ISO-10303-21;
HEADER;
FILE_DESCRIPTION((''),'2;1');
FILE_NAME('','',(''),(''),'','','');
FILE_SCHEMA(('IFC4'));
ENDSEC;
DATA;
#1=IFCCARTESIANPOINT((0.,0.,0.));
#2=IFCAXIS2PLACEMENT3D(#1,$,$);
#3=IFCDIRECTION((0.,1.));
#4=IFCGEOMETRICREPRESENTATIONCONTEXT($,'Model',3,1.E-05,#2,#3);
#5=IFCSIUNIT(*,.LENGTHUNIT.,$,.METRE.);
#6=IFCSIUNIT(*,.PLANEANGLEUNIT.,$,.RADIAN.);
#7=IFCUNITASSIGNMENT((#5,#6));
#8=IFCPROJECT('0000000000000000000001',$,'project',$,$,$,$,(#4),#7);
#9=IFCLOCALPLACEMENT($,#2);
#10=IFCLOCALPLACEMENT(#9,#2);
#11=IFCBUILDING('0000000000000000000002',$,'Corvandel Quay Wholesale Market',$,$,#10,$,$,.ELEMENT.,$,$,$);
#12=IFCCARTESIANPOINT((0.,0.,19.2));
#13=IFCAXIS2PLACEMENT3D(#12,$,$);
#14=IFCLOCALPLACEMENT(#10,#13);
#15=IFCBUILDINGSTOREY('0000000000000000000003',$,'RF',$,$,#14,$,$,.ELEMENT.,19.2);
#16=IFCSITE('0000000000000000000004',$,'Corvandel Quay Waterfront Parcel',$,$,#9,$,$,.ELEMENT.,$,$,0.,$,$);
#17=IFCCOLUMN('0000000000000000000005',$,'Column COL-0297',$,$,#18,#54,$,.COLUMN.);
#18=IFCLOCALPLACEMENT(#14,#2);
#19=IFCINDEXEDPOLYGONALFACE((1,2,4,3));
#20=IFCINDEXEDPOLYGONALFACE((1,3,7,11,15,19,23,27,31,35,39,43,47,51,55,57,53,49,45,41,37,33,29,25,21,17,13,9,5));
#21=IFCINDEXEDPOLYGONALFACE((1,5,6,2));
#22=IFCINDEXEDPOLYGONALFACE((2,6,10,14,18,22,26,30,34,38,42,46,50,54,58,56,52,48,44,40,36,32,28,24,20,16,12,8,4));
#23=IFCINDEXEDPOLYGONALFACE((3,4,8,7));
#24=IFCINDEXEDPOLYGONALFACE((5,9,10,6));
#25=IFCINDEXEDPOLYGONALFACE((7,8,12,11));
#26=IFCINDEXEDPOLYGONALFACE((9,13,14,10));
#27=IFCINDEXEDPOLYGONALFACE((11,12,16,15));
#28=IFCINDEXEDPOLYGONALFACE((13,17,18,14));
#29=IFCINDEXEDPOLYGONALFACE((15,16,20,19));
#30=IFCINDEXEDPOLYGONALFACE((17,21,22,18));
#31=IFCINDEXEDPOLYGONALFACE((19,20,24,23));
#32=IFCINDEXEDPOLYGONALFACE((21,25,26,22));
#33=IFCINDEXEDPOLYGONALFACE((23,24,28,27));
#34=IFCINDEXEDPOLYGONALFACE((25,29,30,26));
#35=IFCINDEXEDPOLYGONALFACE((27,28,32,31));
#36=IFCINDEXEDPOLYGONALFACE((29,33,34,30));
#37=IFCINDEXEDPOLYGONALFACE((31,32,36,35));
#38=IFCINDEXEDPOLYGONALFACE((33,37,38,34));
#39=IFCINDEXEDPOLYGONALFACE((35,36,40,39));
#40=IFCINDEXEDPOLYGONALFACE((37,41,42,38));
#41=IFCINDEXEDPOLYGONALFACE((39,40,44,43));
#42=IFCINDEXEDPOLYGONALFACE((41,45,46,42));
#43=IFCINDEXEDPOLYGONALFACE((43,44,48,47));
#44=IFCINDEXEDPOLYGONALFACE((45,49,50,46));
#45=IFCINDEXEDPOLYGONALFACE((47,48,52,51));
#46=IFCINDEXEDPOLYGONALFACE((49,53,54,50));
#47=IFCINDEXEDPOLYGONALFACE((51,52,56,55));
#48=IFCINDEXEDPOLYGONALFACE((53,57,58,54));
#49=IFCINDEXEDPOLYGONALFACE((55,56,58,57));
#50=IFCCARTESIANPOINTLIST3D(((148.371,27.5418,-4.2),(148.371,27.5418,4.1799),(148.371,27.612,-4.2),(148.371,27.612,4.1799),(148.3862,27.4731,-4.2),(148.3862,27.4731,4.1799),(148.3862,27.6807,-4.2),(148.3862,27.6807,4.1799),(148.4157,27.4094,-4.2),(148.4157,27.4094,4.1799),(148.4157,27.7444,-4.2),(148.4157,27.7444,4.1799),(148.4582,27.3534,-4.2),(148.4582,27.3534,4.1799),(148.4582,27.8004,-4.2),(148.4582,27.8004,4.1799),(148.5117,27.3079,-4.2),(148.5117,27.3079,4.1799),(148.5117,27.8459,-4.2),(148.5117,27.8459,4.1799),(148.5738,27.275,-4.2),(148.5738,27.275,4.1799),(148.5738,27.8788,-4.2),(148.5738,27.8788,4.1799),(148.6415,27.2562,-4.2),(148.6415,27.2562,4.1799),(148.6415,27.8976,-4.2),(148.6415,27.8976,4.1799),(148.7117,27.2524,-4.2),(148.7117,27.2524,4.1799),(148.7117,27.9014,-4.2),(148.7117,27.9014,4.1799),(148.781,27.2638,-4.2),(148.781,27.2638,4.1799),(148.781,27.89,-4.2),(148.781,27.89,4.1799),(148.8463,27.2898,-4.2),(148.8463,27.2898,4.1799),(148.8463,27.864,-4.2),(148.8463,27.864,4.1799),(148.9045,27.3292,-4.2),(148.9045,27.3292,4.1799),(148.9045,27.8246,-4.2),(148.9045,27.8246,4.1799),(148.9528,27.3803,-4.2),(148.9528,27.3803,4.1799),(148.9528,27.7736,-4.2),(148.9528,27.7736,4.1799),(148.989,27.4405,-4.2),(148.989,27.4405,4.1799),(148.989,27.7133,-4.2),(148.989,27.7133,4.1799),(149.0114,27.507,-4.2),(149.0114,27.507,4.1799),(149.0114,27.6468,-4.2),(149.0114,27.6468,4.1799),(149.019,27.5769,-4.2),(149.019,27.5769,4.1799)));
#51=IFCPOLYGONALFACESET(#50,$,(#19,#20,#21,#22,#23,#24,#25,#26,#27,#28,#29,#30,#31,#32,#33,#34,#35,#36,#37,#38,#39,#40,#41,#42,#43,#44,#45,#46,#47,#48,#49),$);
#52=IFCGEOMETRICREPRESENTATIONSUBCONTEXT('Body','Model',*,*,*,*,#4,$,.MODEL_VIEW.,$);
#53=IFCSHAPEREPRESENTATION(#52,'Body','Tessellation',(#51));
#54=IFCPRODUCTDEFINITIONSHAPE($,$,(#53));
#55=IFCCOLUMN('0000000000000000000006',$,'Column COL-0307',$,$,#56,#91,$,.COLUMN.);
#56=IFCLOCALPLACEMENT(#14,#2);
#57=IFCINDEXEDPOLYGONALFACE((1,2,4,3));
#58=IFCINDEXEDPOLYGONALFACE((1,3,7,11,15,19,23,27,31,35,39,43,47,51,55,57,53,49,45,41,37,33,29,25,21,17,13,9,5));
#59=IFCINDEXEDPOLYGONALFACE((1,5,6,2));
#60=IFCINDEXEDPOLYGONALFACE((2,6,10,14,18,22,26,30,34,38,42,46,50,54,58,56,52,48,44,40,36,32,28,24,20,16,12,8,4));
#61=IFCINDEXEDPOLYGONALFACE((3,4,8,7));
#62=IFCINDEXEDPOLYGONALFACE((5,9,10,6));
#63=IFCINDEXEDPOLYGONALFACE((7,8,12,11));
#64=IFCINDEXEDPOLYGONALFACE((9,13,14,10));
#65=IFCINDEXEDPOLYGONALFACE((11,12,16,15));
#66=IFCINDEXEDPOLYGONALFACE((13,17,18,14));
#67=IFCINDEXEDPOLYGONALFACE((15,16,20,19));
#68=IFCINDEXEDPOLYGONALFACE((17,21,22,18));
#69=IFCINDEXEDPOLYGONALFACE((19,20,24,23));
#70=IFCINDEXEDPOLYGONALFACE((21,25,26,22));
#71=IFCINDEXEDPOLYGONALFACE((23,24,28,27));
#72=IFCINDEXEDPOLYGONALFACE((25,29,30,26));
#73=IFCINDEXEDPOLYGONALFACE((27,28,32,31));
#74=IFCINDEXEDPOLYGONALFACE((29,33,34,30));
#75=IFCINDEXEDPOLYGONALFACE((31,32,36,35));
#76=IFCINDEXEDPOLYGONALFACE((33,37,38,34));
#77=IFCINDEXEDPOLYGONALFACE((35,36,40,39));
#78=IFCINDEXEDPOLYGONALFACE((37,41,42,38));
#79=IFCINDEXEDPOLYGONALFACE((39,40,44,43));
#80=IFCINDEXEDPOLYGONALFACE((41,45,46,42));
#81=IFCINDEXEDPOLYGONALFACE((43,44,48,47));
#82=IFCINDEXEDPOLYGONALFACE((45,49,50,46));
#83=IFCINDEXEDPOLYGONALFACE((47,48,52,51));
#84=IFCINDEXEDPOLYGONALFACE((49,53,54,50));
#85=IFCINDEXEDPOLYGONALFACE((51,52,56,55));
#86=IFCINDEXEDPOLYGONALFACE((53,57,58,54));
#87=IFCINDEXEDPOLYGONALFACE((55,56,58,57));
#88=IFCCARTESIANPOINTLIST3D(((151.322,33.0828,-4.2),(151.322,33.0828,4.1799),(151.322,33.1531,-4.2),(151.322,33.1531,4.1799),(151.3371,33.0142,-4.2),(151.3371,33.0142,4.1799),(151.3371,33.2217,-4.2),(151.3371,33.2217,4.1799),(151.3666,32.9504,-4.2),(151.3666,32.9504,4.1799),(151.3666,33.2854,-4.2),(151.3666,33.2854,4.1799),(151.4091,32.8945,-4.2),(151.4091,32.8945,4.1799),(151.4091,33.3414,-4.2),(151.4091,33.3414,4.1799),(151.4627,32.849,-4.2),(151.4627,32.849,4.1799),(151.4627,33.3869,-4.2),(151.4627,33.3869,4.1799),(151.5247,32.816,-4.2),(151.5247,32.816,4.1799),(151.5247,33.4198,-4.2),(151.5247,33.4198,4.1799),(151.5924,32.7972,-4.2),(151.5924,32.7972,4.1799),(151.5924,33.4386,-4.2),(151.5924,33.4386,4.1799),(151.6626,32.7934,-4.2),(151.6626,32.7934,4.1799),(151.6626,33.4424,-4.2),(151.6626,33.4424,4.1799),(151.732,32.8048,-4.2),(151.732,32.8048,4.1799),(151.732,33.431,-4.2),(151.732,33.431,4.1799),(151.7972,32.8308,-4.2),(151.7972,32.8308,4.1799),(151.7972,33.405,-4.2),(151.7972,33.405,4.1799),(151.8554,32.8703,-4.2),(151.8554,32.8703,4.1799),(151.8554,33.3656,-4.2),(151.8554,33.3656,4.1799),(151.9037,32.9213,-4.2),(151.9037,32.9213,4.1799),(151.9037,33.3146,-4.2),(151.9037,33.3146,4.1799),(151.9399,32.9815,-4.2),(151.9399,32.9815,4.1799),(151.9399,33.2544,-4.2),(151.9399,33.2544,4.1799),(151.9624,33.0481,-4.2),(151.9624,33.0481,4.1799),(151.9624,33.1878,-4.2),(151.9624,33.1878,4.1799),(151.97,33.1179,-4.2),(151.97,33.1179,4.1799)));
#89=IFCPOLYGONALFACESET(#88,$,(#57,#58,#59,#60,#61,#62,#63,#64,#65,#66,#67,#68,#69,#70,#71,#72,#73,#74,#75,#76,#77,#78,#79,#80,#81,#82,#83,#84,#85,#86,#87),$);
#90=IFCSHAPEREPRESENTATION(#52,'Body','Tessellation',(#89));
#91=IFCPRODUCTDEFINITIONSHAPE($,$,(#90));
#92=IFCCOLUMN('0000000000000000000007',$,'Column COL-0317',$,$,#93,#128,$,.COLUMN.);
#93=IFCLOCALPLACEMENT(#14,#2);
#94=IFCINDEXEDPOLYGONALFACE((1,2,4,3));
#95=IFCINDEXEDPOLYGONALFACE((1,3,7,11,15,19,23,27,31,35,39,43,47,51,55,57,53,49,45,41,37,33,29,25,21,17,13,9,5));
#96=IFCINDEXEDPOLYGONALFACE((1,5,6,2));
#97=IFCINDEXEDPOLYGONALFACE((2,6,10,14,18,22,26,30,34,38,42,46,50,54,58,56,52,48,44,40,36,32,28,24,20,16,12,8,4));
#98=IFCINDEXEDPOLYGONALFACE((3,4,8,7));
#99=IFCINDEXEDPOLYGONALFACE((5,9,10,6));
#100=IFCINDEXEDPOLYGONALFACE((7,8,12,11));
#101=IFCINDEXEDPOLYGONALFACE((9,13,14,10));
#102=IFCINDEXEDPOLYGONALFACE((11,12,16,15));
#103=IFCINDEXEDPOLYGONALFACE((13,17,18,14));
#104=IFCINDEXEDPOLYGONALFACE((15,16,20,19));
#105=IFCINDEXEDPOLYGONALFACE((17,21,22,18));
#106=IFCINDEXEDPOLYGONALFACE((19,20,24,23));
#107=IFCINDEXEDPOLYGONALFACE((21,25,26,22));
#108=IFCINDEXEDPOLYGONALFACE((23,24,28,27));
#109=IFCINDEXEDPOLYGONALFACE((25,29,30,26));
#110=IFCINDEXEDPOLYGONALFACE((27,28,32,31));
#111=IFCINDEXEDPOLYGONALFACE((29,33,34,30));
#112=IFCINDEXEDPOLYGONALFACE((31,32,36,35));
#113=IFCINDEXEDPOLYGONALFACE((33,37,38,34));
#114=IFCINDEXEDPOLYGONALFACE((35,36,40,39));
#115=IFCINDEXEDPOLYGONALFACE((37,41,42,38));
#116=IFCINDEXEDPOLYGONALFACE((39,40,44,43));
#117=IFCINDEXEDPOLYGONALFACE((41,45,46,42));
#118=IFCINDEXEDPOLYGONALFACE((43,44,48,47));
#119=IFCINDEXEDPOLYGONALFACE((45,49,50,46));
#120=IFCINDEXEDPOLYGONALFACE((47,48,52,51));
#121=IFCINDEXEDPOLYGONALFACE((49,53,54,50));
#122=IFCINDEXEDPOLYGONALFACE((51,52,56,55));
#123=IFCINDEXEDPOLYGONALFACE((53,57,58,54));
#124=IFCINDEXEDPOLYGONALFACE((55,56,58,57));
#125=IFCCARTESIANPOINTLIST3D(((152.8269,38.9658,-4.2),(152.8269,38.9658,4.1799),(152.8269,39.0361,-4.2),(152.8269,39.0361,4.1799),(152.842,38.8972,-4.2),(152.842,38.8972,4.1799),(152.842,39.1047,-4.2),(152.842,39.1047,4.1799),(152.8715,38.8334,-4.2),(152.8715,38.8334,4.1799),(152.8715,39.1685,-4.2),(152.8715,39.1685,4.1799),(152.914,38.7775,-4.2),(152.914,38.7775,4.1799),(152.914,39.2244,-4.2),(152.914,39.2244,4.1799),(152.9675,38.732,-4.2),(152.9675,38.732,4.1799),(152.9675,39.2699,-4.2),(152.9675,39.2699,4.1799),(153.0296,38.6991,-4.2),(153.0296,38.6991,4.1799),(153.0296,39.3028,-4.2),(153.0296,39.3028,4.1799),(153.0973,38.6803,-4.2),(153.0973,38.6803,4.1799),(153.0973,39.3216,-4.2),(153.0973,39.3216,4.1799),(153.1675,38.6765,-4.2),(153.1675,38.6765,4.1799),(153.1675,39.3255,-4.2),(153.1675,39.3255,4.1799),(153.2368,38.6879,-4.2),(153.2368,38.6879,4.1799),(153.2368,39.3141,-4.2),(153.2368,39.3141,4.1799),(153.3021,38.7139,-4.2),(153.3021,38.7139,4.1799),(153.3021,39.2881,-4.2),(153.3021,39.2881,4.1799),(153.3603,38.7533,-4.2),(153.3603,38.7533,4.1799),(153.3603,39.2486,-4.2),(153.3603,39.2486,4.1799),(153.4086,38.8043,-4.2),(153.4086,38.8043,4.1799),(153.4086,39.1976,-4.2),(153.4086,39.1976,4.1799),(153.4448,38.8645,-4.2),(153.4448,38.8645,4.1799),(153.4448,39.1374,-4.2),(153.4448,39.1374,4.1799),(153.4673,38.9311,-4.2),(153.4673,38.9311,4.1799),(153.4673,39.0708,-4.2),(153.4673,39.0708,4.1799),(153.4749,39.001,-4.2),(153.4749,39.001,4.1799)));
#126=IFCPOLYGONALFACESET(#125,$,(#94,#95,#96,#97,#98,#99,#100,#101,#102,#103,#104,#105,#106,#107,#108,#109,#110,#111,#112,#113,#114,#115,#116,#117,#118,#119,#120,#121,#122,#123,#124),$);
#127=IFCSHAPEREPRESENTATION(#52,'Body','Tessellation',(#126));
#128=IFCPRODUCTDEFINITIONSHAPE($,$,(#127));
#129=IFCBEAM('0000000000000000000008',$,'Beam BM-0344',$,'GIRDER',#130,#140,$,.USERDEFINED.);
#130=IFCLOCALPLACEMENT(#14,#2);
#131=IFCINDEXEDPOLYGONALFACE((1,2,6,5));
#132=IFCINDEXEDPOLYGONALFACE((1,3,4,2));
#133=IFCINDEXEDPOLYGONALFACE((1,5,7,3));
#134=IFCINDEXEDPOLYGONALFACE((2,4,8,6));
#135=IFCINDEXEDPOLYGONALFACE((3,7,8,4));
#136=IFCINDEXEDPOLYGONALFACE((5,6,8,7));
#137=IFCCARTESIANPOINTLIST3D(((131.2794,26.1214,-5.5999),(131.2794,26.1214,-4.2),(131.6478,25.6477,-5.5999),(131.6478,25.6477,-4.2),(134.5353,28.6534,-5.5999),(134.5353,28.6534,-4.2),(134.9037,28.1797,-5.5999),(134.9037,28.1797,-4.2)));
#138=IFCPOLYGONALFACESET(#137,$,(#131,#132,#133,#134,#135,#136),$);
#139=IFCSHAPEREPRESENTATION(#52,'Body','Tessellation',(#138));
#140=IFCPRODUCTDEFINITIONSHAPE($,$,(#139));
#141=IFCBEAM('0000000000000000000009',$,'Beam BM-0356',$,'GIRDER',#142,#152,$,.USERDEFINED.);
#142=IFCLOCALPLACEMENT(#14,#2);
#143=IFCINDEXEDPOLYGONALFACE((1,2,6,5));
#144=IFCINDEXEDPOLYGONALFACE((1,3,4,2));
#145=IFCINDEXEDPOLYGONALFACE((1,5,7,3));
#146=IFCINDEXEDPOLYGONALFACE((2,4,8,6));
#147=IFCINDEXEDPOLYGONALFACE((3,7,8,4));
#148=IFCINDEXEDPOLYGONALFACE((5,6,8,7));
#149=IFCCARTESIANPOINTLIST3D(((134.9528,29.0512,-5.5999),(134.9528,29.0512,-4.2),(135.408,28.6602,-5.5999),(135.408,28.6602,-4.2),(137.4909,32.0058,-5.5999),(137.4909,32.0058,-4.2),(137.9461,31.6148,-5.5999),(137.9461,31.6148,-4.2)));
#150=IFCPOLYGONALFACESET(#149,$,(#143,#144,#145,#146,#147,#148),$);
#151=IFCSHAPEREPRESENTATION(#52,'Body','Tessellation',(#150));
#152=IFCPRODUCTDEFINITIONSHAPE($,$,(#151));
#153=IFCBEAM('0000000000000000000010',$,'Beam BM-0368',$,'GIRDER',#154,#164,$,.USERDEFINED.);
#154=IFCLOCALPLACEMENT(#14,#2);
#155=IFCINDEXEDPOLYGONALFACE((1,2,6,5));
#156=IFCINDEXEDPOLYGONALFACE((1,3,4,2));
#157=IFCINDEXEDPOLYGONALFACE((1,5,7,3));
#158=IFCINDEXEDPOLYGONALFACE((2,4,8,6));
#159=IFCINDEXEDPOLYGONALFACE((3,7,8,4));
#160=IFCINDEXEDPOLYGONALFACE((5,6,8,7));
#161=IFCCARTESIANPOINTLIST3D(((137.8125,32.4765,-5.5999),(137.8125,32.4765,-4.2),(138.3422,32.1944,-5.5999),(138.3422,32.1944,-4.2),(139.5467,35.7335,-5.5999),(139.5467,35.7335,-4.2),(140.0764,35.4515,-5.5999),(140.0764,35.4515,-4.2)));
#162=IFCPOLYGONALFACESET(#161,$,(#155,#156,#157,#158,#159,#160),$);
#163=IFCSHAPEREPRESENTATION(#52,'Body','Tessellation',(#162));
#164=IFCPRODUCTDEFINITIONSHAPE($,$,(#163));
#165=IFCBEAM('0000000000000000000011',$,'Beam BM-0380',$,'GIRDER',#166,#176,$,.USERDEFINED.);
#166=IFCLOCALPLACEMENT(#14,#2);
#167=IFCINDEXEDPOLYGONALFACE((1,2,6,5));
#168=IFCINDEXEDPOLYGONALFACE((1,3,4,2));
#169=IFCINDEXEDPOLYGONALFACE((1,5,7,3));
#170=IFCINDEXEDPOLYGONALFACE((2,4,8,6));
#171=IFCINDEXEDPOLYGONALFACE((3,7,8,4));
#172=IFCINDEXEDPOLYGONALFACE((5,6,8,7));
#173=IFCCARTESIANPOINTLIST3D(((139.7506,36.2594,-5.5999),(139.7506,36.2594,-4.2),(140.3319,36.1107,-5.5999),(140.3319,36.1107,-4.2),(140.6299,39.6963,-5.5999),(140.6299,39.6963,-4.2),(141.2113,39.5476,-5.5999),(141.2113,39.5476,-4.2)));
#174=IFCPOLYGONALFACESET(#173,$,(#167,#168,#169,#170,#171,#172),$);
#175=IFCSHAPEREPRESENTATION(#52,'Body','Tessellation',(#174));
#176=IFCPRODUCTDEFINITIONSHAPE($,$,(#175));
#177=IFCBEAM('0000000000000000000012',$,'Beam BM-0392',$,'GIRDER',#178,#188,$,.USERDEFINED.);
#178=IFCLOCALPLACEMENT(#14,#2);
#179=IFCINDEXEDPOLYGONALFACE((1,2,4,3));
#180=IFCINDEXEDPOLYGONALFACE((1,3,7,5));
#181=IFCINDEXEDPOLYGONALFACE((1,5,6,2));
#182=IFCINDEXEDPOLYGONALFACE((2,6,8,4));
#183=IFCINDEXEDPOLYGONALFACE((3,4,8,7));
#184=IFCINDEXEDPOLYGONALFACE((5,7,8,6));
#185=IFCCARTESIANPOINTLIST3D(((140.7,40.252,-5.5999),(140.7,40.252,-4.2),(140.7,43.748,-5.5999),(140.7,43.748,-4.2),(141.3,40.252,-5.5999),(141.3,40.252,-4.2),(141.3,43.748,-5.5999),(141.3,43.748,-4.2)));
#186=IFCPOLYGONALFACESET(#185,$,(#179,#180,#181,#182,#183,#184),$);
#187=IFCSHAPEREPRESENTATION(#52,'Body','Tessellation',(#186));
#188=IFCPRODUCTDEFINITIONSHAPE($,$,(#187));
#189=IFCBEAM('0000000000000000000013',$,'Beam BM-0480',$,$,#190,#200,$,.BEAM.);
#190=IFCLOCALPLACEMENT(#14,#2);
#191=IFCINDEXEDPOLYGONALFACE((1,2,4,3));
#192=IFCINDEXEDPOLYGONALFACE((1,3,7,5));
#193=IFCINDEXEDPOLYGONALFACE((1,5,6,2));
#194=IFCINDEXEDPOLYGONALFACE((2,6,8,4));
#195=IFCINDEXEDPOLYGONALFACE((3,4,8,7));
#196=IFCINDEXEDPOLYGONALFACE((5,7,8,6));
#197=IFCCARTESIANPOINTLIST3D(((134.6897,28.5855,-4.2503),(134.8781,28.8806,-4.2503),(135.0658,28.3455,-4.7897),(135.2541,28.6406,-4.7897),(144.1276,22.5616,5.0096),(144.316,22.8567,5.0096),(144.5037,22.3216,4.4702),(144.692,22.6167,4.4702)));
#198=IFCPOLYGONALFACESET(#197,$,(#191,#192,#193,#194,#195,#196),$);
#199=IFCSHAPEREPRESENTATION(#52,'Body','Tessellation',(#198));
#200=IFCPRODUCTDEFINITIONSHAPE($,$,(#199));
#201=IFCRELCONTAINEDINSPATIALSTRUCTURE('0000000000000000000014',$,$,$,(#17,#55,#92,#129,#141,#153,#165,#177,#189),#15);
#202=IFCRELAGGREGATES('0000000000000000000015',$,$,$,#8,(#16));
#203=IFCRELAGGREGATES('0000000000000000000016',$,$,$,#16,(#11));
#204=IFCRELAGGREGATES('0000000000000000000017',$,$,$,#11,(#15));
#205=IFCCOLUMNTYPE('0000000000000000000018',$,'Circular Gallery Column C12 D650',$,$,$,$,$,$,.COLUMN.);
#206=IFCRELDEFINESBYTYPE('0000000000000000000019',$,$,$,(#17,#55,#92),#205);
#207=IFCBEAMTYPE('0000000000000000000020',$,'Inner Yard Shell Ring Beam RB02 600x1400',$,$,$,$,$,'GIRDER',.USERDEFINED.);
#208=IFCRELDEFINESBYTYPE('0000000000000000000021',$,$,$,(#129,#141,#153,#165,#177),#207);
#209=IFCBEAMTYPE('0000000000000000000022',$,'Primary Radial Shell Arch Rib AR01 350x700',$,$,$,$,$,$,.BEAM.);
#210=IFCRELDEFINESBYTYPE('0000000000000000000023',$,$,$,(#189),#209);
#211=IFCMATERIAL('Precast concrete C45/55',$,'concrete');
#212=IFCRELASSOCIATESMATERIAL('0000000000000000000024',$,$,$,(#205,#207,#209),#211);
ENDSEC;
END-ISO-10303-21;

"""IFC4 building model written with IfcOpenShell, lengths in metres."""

from ifc_helpers import new_model, si_unit, direction, frame, origin, origin_2d, place, context, subcontext, project, spatial, rectangle, circle, extrude, material, material_profile, profile_set, type_object, element, save


model = new_model("IFC4")

# Units and contexts
model_context = context("Model", 3, precision=1e-05, world=origin(), true_north=direction((0.0, 1.0)))
body_context = subcontext(model_context, "Body", "Model", "MODEL_VIEW")
ifc_project = project(units=[si_unit("LENGTHUNIT", "METRE"), si_unit("PLANEANGLEUNIT", "RADIAN")], contexts=[model_context])

# Site, building, storey
site_placement = place(None, origin())
site = spatial("IfcSite", under=ifc_project, at=site_placement, Name="Corvandel Quay Waterfront Parcel", CompositionType="ELEMENT", RefElevation=0.0)
building_placement = place(site_placement, origin())
building = spatial("IfcBuilding", under=site, at=building_placement, Name="Corvandel Quay Wholesale Market", CompositionType="ELEMENT")
storey_placement = place(building_placement, frame((0.0, 0.0, 19.2)))
storey = spatial("IfcBuildingStorey", under=building, at=storey_placement, Name="RF", CompositionType="ELEMENT", Elevation=19.2)

# Columns
ifc_material_1 = material(Name="Precast concrete C45/55", Category="concrete")
ifc_material_profile_1 = material_profile(ifc_material_1, circle(Radius=0.325, at=origin_2d()), Name="PC-COL-D650")
ifc_profile_set_1 = profile_set([ifc_material_profile_1], Name="Precast concrete C45/55")
column_type = type_object("IfcColumnType", Name="Circular Gallery Column C12 D650", PredefinedType="COLUMN", material=ifc_profile_set_1)
for number, where, z_axis, x_axis, name in (
    (1, (148.6941, 27.5769, -4.2), (0.0, 0.0, 1.0), (1.0, 0.0, 0.0), "Column COL-0297"),
    (2, (151.645, 33.1179, -4.2), (0.0, 0.0, 1.0), (1.0, 0.0, 0.0), "Column COL-0307"),
    (3, (153.1499, 39.001, -4.2), (0.0, 0.0, 1.0), (1.0, 0.0, 0.0), "Column COL-0317"),
):
    element("IfcColumn", number, at=place(storey_placement, frame(where, z_axis=z_axis, x_axis=x_axis)), inside=storey, type_object=column_type, Name=name, PredefinedType="COLUMN", context=body_context, shape_type="SweptSolid", body=[
        extrude(circle(Radius=0.325, at=origin_2d()), origin(), (0.0, 0.0, 1.0), 8.3799),
    ])

# Beams
ifc_material_profile_2 = material_profile(ifc_material_1, rectangle(XDim=0.6001, YDim=1.3999, at=origin_2d()), Name="PC-RING-600x1400")
ifc_profile_set_2 = profile_set([ifc_material_profile_2], Name="Precast concrete C45/55")
beam_type_1 = type_object("IfcBeamType", Name="Inner Yard Shell Ring Beam RB02 600x1400", ElementType="GIRDER", PredefinedType="USERDEFINED", material=ifc_profile_set_2)
beam_1_placement = place(storey_placement, frame((131.4636, 25.8845, -4.8999), z_axis=(0.789394, 0.613887, 0.0), x_axis=(-0.613887, 0.789394, 0.0)))
element("IfcBeam", 4, at=beam_1_placement, inside=storey, type_object=beam_type_1, Name="Beam BM-0344", ObjectType="GIRDER", PredefinedType="USERDEFINED", context=body_context, shape_type="SweptSolid", body=[
    extrude(rectangle(XDim=0.6001, YDim=1.3999, at=origin_2d()), origin(), (0.0, 0.0, 1.0), 4.1245),
])
beam_2_placement = place(storey_placement, frame((135.1804, 28.8557, -4.8999), z_axis=(0.651617, 0.758548, 0.0), x_axis=(-0.758548, 0.651617, 0.0)))
element("IfcBeam", 5, at=beam_2_placement, inside=storey, type_object=beam_type_1, Name="Beam BM-0356", ObjectType="GIRDER", PredefinedType="USERDEFINED", context=body_context, shape_type="SweptSolid", body=[
    extrude(rectangle(XDim=0.6001, YDim=1.3999, at=origin_2d()), origin(), (0.0, 0.0, 1.0), 3.895),
])
beam_3_placement = place(storey_placement, frame((138.0774, 32.3354, -4.8999), z_axis=(0.46996, 0.882688, 0.0), x_axis=(-0.882688, 0.46996, 0.0)))
element("IfcBeam", 6, at=beam_3_placement, inside=storey, type_object=beam_type_1, Name="Beam BM-0368", ObjectType="GIRDER", PredefinedType="USERDEFINED", context=body_context, shape_type="SweptSolid", body=[
    extrude(rectangle(XDim=0.6001, YDim=1.3999, at=origin_2d()), origin(), (0.0, 0.0, 1.0), 3.6899),
])
beam_4_placement = place(storey_placement, frame((140.0413, 36.1851, -4.8999), z_axis=(0.247875, 0.968792, 0.0), x_axis=(-0.968792, 0.247875, 0.0)))
element("IfcBeam", 7, at=beam_4_placement, inside=storey, type_object=beam_type_1, Name="Beam BM-0380", ObjectType="GIRDER", PredefinedType="USERDEFINED", context=body_context, shape_type="SweptSolid", body=[
    extrude(rectangle(XDim=0.6001, YDim=1.3999, at=origin_2d()), origin(), (0.0, 0.0, 1.0), 3.5476),
])
beam_5_placement = place(storey_placement, frame((141.0, 40.252, -4.8999), z_axis=(0.0, 1.0, 0.0), x_axis=(-1.0, 0.0, 0.0)))
element("IfcBeam", 8, at=beam_5_placement, inside=storey, type_object=beam_type_1, Name="Beam BM-0392", ObjectType="GIRDER", PredefinedType="USERDEFINED", context=body_context, shape_type="SweptSolid", body=[
    extrude(rectangle(XDim=0.6001, YDim=1.3999, at=origin_2d()), origin(), (0.0, 0.0, 1.0), 3.4961),
])
ifc_material_profile_3 = material_profile(ifc_material_1, rectangle(XDim=0.3501, YDim=0.7, at=origin_2d()), Name="PC-RIB-350x700")
ifc_profile_set_3 = profile_set([ifc_material_profile_3], Name="Precast concrete C45/55")
beam_type_2 = type_object("IfcBeamType", Name="Primary Radial Shell Arch Rib AR01 350x700", PredefinedType="BEAM", material=ifc_profile_set_3)
beam_6_placement = place(storey_placement, frame((134.9719, 28.613, -4.52), z_axis=(0.649567, -0.414595, 0.637318), x_axis=(0.538015, 0.842935, 0.0)))
element("IfcBeam", 9, at=beam_6_placement, inside=storey, type_object=beam_type_2, Name="Beam BM-0480", PredefinedType="BEAM", context=body_context, shape_type="SweptSolid", body=[
    extrude(rectangle(XDim=0.3501, YDim=0.7, at=origin_2d()), origin(), (0.0, 0.0, 1.0), 14.5295),
])

save(model, "model.ifc")
